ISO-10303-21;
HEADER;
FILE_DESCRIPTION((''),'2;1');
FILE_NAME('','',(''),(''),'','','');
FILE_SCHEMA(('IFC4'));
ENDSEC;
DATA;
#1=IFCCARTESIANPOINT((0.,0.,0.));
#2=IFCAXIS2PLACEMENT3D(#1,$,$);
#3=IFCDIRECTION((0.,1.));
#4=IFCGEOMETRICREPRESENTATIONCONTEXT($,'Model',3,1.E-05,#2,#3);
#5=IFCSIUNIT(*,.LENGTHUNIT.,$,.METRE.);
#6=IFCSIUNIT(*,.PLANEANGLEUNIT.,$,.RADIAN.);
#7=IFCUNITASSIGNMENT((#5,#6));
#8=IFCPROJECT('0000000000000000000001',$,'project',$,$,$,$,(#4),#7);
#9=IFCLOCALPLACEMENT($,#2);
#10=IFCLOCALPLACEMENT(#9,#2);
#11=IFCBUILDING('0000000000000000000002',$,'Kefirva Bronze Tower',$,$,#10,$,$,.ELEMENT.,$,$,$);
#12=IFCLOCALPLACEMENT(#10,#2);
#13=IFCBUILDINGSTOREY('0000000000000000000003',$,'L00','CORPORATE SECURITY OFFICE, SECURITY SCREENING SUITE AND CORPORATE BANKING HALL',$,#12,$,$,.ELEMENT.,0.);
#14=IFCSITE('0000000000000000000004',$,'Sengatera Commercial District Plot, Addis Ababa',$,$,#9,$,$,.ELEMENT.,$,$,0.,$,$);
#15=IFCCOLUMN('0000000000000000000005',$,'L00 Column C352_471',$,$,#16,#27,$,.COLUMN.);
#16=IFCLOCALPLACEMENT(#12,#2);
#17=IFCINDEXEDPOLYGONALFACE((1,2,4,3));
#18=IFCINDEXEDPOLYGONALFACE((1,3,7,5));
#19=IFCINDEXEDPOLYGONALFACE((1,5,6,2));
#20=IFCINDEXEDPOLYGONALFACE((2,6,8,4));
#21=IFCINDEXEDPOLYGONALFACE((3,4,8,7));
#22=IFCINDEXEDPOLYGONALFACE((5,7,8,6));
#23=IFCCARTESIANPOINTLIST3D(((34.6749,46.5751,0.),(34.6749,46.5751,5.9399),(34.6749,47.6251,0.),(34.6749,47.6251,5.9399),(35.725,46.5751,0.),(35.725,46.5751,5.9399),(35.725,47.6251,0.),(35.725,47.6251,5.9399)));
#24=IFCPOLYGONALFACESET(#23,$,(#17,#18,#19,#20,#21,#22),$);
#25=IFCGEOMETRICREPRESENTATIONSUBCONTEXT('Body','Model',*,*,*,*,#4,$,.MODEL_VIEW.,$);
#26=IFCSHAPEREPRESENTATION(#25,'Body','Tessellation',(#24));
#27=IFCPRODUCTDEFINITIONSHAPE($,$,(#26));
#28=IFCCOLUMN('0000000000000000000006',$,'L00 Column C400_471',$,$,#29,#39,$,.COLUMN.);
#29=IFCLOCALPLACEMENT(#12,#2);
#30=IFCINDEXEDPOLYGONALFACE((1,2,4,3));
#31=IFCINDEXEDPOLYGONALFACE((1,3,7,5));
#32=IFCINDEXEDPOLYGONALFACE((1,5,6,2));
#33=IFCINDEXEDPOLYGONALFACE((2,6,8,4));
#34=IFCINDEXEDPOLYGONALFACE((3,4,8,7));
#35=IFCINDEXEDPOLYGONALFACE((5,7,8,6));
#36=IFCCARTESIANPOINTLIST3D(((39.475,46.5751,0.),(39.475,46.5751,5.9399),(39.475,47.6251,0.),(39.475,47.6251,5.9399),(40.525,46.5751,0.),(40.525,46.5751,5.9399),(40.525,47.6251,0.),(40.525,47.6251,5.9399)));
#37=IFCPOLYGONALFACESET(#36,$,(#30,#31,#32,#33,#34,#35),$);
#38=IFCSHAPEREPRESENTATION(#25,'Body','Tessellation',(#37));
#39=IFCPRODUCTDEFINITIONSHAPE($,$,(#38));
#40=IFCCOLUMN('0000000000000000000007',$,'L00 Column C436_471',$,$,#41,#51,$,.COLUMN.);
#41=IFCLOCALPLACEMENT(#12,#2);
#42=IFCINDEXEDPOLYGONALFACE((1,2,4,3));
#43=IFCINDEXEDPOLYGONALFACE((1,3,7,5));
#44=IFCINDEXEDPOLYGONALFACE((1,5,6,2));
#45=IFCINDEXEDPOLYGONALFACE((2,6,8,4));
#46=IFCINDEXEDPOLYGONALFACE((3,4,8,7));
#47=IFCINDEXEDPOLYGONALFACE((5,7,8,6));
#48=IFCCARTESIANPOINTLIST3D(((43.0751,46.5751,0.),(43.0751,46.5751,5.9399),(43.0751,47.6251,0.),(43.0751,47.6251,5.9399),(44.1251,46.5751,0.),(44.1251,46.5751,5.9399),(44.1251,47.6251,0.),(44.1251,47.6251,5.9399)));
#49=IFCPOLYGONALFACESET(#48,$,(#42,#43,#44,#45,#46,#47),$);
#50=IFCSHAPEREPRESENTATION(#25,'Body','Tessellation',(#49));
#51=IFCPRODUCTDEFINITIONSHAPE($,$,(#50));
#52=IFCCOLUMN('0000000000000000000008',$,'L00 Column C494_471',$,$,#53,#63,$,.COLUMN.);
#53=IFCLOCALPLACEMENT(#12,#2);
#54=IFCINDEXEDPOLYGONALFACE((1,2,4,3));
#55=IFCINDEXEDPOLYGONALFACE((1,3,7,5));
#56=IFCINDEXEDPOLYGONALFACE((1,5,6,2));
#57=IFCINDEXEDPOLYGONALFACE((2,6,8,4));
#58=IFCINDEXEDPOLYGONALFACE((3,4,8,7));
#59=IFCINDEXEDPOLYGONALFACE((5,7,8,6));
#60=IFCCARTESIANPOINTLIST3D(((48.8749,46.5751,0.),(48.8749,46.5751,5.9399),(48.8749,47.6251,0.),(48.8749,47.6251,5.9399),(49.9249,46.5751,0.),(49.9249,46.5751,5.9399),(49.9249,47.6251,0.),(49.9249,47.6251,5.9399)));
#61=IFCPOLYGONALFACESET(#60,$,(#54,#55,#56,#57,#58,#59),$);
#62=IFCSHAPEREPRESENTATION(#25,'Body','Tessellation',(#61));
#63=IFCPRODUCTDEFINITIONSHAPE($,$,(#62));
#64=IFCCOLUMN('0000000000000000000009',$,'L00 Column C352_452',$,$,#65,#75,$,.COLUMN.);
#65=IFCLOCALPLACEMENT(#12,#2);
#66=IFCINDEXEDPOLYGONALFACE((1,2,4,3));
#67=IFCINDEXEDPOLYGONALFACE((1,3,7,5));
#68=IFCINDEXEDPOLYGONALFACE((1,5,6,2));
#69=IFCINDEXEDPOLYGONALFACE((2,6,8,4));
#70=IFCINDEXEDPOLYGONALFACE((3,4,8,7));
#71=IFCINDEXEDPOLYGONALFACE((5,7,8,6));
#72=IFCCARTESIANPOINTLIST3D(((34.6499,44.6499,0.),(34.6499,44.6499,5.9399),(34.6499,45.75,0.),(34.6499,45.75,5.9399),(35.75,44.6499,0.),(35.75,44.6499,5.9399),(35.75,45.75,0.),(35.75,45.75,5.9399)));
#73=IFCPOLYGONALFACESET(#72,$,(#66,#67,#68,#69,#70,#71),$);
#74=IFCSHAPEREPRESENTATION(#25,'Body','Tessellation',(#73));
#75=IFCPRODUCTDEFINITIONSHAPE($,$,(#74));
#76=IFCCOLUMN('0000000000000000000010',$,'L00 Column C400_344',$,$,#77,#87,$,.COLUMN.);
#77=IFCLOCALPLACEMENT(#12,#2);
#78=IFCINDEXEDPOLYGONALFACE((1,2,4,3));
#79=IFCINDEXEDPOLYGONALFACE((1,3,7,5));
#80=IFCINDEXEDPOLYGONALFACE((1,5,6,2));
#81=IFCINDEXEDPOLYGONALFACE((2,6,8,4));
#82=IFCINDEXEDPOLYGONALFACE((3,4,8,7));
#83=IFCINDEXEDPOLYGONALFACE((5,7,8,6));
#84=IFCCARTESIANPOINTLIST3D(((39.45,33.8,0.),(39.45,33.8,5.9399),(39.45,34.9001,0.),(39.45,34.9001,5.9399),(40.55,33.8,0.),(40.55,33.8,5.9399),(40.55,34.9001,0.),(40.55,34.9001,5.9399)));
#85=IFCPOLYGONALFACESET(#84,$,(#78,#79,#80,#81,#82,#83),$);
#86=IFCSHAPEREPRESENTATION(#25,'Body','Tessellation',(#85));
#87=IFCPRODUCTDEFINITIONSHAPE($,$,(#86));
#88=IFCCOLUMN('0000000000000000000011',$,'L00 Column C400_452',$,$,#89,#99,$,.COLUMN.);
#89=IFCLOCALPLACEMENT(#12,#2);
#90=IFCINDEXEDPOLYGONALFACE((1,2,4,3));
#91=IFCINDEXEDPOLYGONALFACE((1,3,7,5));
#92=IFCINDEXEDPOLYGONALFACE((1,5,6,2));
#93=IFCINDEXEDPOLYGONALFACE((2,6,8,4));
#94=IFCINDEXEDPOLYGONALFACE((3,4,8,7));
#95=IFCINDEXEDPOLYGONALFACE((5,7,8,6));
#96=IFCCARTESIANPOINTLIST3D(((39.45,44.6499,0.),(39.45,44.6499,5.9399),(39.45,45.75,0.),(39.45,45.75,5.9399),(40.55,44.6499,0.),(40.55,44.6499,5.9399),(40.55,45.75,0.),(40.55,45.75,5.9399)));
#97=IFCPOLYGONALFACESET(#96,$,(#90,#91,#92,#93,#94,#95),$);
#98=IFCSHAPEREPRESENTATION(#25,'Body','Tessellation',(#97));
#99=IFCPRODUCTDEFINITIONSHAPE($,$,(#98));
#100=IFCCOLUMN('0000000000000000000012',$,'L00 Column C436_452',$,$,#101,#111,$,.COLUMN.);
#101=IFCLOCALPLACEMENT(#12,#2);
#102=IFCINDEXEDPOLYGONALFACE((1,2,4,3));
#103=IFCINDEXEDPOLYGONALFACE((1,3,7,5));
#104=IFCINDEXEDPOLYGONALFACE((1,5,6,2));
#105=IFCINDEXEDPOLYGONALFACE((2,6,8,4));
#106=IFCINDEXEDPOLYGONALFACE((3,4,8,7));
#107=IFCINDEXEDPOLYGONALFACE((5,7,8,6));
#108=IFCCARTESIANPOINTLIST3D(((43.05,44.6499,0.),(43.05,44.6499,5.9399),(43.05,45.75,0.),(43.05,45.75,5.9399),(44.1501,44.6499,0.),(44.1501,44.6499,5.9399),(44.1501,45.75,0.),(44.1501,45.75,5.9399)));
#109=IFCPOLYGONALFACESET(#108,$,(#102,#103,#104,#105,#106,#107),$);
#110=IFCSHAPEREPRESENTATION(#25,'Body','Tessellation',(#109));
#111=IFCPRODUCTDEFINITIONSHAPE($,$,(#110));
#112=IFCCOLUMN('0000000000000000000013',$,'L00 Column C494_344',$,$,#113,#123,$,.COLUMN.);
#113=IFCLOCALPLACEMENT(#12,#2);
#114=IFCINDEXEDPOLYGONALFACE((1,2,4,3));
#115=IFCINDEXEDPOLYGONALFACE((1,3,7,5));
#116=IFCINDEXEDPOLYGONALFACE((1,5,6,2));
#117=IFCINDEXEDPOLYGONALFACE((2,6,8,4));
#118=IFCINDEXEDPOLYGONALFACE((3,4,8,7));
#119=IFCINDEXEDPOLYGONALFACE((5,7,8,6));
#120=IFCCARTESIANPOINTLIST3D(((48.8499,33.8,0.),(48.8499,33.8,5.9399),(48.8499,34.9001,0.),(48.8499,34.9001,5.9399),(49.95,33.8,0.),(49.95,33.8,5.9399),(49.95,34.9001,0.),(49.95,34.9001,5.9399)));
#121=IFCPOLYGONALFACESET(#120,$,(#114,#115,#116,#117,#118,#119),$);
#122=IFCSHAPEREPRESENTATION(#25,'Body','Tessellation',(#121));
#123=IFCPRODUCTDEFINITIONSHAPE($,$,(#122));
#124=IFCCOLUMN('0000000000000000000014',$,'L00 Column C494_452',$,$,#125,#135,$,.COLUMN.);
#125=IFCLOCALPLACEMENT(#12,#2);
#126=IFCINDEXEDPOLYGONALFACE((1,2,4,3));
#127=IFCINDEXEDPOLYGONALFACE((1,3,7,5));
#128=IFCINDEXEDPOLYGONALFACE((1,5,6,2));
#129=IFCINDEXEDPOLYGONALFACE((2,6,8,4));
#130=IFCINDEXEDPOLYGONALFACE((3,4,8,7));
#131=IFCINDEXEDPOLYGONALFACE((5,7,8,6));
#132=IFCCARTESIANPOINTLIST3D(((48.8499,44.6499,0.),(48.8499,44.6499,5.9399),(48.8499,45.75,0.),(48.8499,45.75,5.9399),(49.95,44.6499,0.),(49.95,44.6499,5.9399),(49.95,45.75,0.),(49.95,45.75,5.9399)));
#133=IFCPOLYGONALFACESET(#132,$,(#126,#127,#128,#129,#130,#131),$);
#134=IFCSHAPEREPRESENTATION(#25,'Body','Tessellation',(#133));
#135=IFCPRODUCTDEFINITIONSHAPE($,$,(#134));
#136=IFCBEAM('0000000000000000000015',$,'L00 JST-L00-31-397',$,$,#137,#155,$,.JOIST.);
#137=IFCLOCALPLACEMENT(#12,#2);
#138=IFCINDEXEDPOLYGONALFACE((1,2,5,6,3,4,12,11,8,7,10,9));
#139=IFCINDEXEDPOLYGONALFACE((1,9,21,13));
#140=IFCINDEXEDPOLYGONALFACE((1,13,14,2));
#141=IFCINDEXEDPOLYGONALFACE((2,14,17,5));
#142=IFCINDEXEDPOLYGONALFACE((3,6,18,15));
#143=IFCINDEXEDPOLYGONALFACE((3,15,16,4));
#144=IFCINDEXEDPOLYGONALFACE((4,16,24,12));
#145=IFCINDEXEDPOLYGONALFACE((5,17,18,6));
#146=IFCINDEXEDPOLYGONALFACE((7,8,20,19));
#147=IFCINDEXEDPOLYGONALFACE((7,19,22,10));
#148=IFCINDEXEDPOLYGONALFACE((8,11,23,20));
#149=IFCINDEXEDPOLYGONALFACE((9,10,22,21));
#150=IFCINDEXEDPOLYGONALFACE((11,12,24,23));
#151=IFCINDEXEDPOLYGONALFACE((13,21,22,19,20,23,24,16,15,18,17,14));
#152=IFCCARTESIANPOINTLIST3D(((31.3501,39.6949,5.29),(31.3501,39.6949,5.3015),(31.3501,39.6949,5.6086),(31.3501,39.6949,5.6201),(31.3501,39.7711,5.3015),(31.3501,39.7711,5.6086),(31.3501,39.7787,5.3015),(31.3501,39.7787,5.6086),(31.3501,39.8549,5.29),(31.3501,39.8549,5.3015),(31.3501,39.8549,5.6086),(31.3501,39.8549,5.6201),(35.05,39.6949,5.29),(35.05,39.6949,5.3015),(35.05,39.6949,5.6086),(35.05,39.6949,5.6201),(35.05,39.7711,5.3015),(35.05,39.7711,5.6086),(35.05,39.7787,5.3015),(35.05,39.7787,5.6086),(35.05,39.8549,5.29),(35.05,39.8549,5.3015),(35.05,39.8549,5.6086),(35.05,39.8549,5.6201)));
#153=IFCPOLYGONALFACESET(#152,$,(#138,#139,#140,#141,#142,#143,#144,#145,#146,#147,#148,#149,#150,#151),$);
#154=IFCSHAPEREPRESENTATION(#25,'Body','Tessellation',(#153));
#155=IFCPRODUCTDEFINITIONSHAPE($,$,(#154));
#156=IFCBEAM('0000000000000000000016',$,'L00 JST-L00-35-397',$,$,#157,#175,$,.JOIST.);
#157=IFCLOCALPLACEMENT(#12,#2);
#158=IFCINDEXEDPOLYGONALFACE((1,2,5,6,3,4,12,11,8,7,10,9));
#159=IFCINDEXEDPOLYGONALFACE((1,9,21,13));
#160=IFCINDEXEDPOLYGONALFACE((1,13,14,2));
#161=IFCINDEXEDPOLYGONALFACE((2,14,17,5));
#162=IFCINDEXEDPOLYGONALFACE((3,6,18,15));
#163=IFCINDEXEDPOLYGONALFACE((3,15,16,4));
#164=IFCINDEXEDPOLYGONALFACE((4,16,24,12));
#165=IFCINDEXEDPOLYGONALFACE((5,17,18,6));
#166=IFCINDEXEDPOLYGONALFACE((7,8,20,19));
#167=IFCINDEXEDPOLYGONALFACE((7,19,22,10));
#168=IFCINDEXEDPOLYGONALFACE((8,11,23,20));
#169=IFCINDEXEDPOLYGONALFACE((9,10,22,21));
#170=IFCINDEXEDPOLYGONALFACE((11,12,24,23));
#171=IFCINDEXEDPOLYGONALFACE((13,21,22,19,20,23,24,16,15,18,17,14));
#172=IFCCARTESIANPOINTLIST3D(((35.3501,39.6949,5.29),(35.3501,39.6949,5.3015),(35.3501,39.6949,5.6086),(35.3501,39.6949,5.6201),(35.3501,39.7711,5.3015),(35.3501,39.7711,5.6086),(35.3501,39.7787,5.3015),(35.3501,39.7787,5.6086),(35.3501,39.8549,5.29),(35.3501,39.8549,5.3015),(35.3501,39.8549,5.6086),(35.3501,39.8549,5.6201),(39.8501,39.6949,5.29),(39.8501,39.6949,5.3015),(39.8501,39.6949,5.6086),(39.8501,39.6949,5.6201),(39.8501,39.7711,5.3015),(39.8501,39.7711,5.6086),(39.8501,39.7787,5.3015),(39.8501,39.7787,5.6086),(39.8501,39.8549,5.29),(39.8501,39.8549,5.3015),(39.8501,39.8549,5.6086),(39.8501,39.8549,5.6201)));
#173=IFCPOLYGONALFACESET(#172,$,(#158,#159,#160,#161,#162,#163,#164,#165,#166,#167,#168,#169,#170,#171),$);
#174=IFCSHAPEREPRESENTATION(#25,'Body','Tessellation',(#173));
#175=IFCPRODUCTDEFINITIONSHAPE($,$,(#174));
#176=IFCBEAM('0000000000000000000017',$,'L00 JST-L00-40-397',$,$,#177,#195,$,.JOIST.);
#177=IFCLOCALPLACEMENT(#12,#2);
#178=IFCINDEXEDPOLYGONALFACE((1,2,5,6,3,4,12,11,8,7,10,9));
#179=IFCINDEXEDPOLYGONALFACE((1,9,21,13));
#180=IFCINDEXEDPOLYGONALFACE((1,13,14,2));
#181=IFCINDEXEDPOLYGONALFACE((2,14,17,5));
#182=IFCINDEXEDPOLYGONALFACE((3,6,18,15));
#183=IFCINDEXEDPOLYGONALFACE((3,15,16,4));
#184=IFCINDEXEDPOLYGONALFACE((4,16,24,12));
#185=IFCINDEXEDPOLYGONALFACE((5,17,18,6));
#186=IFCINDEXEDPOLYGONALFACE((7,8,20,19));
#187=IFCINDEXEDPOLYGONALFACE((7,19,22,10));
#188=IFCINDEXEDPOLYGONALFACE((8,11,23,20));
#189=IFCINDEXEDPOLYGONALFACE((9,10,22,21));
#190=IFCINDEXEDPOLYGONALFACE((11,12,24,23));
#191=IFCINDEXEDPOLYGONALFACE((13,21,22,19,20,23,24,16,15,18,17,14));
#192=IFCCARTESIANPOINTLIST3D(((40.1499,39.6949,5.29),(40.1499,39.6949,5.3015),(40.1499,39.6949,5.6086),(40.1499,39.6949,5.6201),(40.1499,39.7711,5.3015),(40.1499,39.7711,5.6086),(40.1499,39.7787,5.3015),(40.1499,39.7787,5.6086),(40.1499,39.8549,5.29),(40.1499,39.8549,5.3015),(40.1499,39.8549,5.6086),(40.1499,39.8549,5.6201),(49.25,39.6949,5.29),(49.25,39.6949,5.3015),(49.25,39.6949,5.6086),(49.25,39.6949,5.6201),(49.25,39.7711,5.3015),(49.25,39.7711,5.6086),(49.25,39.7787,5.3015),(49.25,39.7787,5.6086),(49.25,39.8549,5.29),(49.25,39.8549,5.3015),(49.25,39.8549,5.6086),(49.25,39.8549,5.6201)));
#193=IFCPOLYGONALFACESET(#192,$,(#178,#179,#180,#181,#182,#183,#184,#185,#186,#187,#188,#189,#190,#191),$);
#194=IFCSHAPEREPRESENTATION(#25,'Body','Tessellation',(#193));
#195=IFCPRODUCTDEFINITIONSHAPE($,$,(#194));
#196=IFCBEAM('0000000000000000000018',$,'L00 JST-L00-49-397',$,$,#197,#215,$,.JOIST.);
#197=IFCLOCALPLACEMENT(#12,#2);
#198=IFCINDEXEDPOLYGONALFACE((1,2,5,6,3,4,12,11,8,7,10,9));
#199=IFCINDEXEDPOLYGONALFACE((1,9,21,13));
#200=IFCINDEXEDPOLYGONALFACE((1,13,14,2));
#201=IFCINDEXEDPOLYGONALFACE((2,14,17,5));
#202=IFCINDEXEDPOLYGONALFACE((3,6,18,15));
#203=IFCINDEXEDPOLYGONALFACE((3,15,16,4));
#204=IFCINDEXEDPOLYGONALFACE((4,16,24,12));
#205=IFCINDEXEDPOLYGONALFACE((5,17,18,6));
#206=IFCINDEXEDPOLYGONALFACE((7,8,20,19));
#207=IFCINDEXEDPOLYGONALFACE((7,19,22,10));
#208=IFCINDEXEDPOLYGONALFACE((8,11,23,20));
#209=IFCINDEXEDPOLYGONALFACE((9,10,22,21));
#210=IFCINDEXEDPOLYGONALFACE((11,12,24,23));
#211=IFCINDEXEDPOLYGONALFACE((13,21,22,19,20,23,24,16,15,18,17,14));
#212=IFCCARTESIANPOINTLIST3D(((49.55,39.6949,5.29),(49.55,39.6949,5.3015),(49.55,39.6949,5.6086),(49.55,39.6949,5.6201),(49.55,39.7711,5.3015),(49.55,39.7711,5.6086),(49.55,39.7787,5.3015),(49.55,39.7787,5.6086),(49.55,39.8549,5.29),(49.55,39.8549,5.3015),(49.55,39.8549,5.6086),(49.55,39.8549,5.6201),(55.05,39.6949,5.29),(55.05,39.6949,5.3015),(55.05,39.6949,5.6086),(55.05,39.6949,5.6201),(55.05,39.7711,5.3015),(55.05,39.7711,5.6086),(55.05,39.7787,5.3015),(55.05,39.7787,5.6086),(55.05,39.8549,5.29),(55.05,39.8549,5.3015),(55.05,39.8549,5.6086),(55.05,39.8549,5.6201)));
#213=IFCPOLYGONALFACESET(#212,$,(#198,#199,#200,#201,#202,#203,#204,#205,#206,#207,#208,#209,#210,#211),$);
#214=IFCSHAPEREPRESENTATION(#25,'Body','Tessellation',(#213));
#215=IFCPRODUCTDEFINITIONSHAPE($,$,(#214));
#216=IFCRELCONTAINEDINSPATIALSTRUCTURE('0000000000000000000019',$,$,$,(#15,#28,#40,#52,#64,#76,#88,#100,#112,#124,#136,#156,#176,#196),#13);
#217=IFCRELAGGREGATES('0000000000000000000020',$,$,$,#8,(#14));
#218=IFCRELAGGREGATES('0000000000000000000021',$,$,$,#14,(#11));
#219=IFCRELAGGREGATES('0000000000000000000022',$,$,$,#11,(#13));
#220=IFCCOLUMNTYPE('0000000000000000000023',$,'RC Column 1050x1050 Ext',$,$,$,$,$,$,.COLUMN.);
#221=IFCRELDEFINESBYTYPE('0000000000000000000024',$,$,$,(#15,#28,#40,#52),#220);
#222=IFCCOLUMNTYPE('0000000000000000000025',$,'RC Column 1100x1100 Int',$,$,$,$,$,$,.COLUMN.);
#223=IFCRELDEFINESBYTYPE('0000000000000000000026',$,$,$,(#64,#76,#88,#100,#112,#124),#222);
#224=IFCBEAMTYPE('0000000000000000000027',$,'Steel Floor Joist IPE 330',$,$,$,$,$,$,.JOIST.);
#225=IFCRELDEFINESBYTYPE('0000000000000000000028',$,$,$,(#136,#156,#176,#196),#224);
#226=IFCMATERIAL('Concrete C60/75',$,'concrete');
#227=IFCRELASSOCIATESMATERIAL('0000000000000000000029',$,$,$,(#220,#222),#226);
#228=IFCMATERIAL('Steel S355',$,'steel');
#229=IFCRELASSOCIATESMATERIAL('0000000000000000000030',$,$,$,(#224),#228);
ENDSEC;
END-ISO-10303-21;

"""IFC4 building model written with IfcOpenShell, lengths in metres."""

from ifc_helpers import new_model, si_unit, direction, frame, origin, origin_2d, place, context, subcontext, project, spatial, rectangle, i_section, extrude, material, material_profile, profile_set, type_object, element, save


model = new_model("IFC4")

# Units and contexts
model_context = context("Model", 3, precision=1e-05, world=origin(), true_north=direction((0.0, 1.0)))
body_context = subcontext(model_context, "Body", "Model", "MODEL_VIEW")
ifc_project = project(units=[si_unit("LENGTHUNIT", "METRE"), si_unit("PLANEANGLEUNIT", "RADIAN")], contexts=[model_context])

# Site, building, storey
site_placement = place(None, origin())
site = spatial("IfcSite", under=ifc_project, at=site_placement, Name="Sengatera Commercial District Plot, Addis Ababa", CompositionType="ELEMENT", RefElevation=0.0)
building_placement = place(site_placement, origin())
building = spatial("IfcBuilding", under=site, at=building_placement, Name="Kefirva Bronze Tower", CompositionType="ELEMENT")
storey_placement = place(building_placement, origin())
storey = spatial("IfcBuildingStorey", under=building, at=storey_placement, Name="L00", Description="CORPORATE SECURITY OFFICE, SECURITY SCREENING SUITE AND CORPORATE BANKING HALL", CompositionType="ELEMENT", Elevation=0.0)

# Columns
ifc_material_1 = material(Name="Concrete C60/75", Category="concrete")
ifc_material_profile_1 = material_profile(ifc_material_1, rectangle(XDim=1.05, YDim=1.05, at=origin_2d()), Name="RC 1050x1050")
ifc_profile_set_1 = profile_set([ifc_material_profile_1], Name="Concrete C60/75")
column_type_1 = type_object("IfcColumnType", Name="RC Column 1050x1050 Ext", PredefinedType="COLUMN", material=ifc_profile_set_1)
for number, where, z_axis, x_axis, name in (
    (1, (35.2, 47.1001, 0.0), (0.0, 0.0, 1.0), (1.0, 0.0, 0.0), "L00 Column C352_471"),
    (2, (40.0, 47.1001, 0.0), (0.0, 0.0, 1.0), (1.0, 0.0, 0.0), "L00 Column C400_471"),
    (3, (43.6001, 47.1001, 0.0), (0.0, 0.0, 1.0), (1.0, 0.0, 0.0), "L00 Column C436_471"),
    (4, (49.3999, 47.1001, 0.0), (0.0, 0.0, 1.0), (1.0, 0.0, 0.0), "L00 Column C494_471"),
):
    element("IfcColumn", number, at=place(storey_placement, frame(where, z_axis=z_axis, x_axis=x_axis)), inside=storey, type_object=column_type_1, Name=name, PredefinedType="COLUMN", context=body_context, shape_type="SweptSolid", body=[
        extrude(rectangle(XDim=1.05, YDim=1.05, at=origin_2d()), origin(), (0.0, 0.0, 1.0), 5.9399),
    ])
ifc_material_profile_2 = material_profile(ifc_material_1, rectangle(XDim=1.1001, YDim=1.1001, at=origin_2d()), Name="RC 1100x1100")
ifc_profile_set_2 = profile_set([ifc_material_profile_2], Name="Concrete C60/75")
column_type_2 = type_object("IfcColumnType", Name="RC Column 1100x1100 Int", PredefinedType="COLUMN", material=ifc_profile_set_2)
for number, where, z_axis, x_axis, name in (
    (5, (35.2, 45.2, 0.0), (0.0, 0.0, 1.0), (1.0, 0.0, 0.0), "L00 Column C352_452"),
    (6, (40.0, 34.3501, 0.0), (0.0, 0.0, 1.0), (1.0, 0.0, 0.0), "L00 Column C400_344"),
    (7, (40.0, 45.2, 0.0), (0.0, 0.0, 1.0), (1.0, 0.0, 0.0), "L00 Column C400_452"),
    (8, (43.6001, 45.2, 0.0), (0.0, 0.0, 1.0), (1.0, 0.0, 0.0), "L00 Column C436_452"),
    (9, (49.3999, 34.3501, 0.0), (0.0, 0.0, 1.0), (1.0, 0.0, 0.0), "L00 Column C494_344"),
    (10, (49.3999, 45.2, 0.0), (0.0, 0.0, 1.0), (1.0, 0.0, 0.0), "L00 Column C494_452"),
):
    element("IfcColumn", number, at=place(storey_placement, frame(where, z_axis=z_axis, x_axis=x_axis)), inside=storey, type_object=column_type_2, Name=name, PredefinedType="COLUMN", context=body_context, shape_type="SweptSolid", body=[
        extrude(rectangle(XDim=1.1001, YDim=1.1001, at=origin_2d()), origin(), (0.0, 0.0, 1.0), 5.9399),
    ])

# Beams
ifc_material_2 = material(Name="Steel S355", Category="steel")
ifc_material_profile_3 = material_profile(ifc_material_2, i_section(OverallWidth=0.1599, OverallDepth=0.3301, WebThickness=0.0076, FlangeThickness=0.0115, at=origin_2d()), Name="IPE 330")
ifc_profile_set_3 = profile_set([ifc_material_profile_3], Name="Steel S355")
beam_type_1 = type_object("IfcBeamType", Name="Steel Floor Joist IPE 330", PredefinedType="JOIST", material=ifc_profile_set_3)
beam_1_placement = place(storey_placement, frame((31.3501, 39.7749, 5.4551), z_axis=(1.0, 0.0, 0.0), x_axis=(0.0, 1.0, 0.0)))
element("IfcBeam", 11, at=beam_1_placement, inside=storey, type_object=beam_type_1, Name="L00 JST-L00-31-397", PredefinedType="JOIST", context=body_context, shape_type="SweptSolid", body=[
    extrude(i_section(OverallWidth=0.1599, OverallDepth=0.3301, WebThickness=0.0076, FlangeThickness=0.0115, at=origin_2d()), origin(), (0.0, 0.0, 1.0), 3.7),
])
beam_2_placement = place(storey_placement, frame((35.3501, 39.7749, 5.4551), z_axis=(1.0, 0.0, 0.0), x_axis=(0.0, 1.0, 0.0)))
element("IfcBeam", 12, at=beam_2_placement, inside=storey, type_object=beam_type_1, Name="L00 JST-L00-35-397", PredefinedType="JOIST", context=body_context, shape_type="SweptSolid", body=[
    extrude(i_section(OverallWidth=0.1599, OverallDepth=0.3301, WebThickness=0.0076, FlangeThickness=0.0115, at=origin_2d()), origin(), (0.0, 0.0, 1.0), 4.5),
])
beam_3_placement = place(storey_placement, frame((40.1499, 39.7749, 5.4551), z_axis=(1.0, 0.0, 0.0), x_axis=(0.0, 1.0, 0.0)))
element("IfcBeam", 13, at=beam_3_placement, inside=storey, type_object=beam_type_1, Name="L00 JST-L00-40-397", PredefinedType="JOIST", context=body_context, shape_type="SweptSolid", body=[
    extrude(i_section(OverallWidth=0.1599, OverallDepth=0.3301, WebThickness=0.0076, FlangeThickness=0.0115, at=origin_2d()), origin(), (0.0, 0.0, 1.0), 9.1001),
])
beam_4_placement = place(storey_placement, frame((49.55, 39.7749, 5.4551), z_axis=(1.0, 0.0, 0.0), x_axis=(0.0, 1.0, 0.0)))
element("IfcBeam", 14, at=beam_4_placement, inside=storey, type_object=beam_type_1, Name="L00 JST-L00-49-397", PredefinedType="JOIST", context=body_context, shape_type="SweptSolid", body=[
    extrude(i_section(OverallWidth=0.1599, OverallDepth=0.3301, WebThickness=0.0076, FlangeThickness=0.0115, at=origin_2d()), origin(), (0.0, 0.0, 1.0), 5.5),
])

save(model, "model.ifc")
